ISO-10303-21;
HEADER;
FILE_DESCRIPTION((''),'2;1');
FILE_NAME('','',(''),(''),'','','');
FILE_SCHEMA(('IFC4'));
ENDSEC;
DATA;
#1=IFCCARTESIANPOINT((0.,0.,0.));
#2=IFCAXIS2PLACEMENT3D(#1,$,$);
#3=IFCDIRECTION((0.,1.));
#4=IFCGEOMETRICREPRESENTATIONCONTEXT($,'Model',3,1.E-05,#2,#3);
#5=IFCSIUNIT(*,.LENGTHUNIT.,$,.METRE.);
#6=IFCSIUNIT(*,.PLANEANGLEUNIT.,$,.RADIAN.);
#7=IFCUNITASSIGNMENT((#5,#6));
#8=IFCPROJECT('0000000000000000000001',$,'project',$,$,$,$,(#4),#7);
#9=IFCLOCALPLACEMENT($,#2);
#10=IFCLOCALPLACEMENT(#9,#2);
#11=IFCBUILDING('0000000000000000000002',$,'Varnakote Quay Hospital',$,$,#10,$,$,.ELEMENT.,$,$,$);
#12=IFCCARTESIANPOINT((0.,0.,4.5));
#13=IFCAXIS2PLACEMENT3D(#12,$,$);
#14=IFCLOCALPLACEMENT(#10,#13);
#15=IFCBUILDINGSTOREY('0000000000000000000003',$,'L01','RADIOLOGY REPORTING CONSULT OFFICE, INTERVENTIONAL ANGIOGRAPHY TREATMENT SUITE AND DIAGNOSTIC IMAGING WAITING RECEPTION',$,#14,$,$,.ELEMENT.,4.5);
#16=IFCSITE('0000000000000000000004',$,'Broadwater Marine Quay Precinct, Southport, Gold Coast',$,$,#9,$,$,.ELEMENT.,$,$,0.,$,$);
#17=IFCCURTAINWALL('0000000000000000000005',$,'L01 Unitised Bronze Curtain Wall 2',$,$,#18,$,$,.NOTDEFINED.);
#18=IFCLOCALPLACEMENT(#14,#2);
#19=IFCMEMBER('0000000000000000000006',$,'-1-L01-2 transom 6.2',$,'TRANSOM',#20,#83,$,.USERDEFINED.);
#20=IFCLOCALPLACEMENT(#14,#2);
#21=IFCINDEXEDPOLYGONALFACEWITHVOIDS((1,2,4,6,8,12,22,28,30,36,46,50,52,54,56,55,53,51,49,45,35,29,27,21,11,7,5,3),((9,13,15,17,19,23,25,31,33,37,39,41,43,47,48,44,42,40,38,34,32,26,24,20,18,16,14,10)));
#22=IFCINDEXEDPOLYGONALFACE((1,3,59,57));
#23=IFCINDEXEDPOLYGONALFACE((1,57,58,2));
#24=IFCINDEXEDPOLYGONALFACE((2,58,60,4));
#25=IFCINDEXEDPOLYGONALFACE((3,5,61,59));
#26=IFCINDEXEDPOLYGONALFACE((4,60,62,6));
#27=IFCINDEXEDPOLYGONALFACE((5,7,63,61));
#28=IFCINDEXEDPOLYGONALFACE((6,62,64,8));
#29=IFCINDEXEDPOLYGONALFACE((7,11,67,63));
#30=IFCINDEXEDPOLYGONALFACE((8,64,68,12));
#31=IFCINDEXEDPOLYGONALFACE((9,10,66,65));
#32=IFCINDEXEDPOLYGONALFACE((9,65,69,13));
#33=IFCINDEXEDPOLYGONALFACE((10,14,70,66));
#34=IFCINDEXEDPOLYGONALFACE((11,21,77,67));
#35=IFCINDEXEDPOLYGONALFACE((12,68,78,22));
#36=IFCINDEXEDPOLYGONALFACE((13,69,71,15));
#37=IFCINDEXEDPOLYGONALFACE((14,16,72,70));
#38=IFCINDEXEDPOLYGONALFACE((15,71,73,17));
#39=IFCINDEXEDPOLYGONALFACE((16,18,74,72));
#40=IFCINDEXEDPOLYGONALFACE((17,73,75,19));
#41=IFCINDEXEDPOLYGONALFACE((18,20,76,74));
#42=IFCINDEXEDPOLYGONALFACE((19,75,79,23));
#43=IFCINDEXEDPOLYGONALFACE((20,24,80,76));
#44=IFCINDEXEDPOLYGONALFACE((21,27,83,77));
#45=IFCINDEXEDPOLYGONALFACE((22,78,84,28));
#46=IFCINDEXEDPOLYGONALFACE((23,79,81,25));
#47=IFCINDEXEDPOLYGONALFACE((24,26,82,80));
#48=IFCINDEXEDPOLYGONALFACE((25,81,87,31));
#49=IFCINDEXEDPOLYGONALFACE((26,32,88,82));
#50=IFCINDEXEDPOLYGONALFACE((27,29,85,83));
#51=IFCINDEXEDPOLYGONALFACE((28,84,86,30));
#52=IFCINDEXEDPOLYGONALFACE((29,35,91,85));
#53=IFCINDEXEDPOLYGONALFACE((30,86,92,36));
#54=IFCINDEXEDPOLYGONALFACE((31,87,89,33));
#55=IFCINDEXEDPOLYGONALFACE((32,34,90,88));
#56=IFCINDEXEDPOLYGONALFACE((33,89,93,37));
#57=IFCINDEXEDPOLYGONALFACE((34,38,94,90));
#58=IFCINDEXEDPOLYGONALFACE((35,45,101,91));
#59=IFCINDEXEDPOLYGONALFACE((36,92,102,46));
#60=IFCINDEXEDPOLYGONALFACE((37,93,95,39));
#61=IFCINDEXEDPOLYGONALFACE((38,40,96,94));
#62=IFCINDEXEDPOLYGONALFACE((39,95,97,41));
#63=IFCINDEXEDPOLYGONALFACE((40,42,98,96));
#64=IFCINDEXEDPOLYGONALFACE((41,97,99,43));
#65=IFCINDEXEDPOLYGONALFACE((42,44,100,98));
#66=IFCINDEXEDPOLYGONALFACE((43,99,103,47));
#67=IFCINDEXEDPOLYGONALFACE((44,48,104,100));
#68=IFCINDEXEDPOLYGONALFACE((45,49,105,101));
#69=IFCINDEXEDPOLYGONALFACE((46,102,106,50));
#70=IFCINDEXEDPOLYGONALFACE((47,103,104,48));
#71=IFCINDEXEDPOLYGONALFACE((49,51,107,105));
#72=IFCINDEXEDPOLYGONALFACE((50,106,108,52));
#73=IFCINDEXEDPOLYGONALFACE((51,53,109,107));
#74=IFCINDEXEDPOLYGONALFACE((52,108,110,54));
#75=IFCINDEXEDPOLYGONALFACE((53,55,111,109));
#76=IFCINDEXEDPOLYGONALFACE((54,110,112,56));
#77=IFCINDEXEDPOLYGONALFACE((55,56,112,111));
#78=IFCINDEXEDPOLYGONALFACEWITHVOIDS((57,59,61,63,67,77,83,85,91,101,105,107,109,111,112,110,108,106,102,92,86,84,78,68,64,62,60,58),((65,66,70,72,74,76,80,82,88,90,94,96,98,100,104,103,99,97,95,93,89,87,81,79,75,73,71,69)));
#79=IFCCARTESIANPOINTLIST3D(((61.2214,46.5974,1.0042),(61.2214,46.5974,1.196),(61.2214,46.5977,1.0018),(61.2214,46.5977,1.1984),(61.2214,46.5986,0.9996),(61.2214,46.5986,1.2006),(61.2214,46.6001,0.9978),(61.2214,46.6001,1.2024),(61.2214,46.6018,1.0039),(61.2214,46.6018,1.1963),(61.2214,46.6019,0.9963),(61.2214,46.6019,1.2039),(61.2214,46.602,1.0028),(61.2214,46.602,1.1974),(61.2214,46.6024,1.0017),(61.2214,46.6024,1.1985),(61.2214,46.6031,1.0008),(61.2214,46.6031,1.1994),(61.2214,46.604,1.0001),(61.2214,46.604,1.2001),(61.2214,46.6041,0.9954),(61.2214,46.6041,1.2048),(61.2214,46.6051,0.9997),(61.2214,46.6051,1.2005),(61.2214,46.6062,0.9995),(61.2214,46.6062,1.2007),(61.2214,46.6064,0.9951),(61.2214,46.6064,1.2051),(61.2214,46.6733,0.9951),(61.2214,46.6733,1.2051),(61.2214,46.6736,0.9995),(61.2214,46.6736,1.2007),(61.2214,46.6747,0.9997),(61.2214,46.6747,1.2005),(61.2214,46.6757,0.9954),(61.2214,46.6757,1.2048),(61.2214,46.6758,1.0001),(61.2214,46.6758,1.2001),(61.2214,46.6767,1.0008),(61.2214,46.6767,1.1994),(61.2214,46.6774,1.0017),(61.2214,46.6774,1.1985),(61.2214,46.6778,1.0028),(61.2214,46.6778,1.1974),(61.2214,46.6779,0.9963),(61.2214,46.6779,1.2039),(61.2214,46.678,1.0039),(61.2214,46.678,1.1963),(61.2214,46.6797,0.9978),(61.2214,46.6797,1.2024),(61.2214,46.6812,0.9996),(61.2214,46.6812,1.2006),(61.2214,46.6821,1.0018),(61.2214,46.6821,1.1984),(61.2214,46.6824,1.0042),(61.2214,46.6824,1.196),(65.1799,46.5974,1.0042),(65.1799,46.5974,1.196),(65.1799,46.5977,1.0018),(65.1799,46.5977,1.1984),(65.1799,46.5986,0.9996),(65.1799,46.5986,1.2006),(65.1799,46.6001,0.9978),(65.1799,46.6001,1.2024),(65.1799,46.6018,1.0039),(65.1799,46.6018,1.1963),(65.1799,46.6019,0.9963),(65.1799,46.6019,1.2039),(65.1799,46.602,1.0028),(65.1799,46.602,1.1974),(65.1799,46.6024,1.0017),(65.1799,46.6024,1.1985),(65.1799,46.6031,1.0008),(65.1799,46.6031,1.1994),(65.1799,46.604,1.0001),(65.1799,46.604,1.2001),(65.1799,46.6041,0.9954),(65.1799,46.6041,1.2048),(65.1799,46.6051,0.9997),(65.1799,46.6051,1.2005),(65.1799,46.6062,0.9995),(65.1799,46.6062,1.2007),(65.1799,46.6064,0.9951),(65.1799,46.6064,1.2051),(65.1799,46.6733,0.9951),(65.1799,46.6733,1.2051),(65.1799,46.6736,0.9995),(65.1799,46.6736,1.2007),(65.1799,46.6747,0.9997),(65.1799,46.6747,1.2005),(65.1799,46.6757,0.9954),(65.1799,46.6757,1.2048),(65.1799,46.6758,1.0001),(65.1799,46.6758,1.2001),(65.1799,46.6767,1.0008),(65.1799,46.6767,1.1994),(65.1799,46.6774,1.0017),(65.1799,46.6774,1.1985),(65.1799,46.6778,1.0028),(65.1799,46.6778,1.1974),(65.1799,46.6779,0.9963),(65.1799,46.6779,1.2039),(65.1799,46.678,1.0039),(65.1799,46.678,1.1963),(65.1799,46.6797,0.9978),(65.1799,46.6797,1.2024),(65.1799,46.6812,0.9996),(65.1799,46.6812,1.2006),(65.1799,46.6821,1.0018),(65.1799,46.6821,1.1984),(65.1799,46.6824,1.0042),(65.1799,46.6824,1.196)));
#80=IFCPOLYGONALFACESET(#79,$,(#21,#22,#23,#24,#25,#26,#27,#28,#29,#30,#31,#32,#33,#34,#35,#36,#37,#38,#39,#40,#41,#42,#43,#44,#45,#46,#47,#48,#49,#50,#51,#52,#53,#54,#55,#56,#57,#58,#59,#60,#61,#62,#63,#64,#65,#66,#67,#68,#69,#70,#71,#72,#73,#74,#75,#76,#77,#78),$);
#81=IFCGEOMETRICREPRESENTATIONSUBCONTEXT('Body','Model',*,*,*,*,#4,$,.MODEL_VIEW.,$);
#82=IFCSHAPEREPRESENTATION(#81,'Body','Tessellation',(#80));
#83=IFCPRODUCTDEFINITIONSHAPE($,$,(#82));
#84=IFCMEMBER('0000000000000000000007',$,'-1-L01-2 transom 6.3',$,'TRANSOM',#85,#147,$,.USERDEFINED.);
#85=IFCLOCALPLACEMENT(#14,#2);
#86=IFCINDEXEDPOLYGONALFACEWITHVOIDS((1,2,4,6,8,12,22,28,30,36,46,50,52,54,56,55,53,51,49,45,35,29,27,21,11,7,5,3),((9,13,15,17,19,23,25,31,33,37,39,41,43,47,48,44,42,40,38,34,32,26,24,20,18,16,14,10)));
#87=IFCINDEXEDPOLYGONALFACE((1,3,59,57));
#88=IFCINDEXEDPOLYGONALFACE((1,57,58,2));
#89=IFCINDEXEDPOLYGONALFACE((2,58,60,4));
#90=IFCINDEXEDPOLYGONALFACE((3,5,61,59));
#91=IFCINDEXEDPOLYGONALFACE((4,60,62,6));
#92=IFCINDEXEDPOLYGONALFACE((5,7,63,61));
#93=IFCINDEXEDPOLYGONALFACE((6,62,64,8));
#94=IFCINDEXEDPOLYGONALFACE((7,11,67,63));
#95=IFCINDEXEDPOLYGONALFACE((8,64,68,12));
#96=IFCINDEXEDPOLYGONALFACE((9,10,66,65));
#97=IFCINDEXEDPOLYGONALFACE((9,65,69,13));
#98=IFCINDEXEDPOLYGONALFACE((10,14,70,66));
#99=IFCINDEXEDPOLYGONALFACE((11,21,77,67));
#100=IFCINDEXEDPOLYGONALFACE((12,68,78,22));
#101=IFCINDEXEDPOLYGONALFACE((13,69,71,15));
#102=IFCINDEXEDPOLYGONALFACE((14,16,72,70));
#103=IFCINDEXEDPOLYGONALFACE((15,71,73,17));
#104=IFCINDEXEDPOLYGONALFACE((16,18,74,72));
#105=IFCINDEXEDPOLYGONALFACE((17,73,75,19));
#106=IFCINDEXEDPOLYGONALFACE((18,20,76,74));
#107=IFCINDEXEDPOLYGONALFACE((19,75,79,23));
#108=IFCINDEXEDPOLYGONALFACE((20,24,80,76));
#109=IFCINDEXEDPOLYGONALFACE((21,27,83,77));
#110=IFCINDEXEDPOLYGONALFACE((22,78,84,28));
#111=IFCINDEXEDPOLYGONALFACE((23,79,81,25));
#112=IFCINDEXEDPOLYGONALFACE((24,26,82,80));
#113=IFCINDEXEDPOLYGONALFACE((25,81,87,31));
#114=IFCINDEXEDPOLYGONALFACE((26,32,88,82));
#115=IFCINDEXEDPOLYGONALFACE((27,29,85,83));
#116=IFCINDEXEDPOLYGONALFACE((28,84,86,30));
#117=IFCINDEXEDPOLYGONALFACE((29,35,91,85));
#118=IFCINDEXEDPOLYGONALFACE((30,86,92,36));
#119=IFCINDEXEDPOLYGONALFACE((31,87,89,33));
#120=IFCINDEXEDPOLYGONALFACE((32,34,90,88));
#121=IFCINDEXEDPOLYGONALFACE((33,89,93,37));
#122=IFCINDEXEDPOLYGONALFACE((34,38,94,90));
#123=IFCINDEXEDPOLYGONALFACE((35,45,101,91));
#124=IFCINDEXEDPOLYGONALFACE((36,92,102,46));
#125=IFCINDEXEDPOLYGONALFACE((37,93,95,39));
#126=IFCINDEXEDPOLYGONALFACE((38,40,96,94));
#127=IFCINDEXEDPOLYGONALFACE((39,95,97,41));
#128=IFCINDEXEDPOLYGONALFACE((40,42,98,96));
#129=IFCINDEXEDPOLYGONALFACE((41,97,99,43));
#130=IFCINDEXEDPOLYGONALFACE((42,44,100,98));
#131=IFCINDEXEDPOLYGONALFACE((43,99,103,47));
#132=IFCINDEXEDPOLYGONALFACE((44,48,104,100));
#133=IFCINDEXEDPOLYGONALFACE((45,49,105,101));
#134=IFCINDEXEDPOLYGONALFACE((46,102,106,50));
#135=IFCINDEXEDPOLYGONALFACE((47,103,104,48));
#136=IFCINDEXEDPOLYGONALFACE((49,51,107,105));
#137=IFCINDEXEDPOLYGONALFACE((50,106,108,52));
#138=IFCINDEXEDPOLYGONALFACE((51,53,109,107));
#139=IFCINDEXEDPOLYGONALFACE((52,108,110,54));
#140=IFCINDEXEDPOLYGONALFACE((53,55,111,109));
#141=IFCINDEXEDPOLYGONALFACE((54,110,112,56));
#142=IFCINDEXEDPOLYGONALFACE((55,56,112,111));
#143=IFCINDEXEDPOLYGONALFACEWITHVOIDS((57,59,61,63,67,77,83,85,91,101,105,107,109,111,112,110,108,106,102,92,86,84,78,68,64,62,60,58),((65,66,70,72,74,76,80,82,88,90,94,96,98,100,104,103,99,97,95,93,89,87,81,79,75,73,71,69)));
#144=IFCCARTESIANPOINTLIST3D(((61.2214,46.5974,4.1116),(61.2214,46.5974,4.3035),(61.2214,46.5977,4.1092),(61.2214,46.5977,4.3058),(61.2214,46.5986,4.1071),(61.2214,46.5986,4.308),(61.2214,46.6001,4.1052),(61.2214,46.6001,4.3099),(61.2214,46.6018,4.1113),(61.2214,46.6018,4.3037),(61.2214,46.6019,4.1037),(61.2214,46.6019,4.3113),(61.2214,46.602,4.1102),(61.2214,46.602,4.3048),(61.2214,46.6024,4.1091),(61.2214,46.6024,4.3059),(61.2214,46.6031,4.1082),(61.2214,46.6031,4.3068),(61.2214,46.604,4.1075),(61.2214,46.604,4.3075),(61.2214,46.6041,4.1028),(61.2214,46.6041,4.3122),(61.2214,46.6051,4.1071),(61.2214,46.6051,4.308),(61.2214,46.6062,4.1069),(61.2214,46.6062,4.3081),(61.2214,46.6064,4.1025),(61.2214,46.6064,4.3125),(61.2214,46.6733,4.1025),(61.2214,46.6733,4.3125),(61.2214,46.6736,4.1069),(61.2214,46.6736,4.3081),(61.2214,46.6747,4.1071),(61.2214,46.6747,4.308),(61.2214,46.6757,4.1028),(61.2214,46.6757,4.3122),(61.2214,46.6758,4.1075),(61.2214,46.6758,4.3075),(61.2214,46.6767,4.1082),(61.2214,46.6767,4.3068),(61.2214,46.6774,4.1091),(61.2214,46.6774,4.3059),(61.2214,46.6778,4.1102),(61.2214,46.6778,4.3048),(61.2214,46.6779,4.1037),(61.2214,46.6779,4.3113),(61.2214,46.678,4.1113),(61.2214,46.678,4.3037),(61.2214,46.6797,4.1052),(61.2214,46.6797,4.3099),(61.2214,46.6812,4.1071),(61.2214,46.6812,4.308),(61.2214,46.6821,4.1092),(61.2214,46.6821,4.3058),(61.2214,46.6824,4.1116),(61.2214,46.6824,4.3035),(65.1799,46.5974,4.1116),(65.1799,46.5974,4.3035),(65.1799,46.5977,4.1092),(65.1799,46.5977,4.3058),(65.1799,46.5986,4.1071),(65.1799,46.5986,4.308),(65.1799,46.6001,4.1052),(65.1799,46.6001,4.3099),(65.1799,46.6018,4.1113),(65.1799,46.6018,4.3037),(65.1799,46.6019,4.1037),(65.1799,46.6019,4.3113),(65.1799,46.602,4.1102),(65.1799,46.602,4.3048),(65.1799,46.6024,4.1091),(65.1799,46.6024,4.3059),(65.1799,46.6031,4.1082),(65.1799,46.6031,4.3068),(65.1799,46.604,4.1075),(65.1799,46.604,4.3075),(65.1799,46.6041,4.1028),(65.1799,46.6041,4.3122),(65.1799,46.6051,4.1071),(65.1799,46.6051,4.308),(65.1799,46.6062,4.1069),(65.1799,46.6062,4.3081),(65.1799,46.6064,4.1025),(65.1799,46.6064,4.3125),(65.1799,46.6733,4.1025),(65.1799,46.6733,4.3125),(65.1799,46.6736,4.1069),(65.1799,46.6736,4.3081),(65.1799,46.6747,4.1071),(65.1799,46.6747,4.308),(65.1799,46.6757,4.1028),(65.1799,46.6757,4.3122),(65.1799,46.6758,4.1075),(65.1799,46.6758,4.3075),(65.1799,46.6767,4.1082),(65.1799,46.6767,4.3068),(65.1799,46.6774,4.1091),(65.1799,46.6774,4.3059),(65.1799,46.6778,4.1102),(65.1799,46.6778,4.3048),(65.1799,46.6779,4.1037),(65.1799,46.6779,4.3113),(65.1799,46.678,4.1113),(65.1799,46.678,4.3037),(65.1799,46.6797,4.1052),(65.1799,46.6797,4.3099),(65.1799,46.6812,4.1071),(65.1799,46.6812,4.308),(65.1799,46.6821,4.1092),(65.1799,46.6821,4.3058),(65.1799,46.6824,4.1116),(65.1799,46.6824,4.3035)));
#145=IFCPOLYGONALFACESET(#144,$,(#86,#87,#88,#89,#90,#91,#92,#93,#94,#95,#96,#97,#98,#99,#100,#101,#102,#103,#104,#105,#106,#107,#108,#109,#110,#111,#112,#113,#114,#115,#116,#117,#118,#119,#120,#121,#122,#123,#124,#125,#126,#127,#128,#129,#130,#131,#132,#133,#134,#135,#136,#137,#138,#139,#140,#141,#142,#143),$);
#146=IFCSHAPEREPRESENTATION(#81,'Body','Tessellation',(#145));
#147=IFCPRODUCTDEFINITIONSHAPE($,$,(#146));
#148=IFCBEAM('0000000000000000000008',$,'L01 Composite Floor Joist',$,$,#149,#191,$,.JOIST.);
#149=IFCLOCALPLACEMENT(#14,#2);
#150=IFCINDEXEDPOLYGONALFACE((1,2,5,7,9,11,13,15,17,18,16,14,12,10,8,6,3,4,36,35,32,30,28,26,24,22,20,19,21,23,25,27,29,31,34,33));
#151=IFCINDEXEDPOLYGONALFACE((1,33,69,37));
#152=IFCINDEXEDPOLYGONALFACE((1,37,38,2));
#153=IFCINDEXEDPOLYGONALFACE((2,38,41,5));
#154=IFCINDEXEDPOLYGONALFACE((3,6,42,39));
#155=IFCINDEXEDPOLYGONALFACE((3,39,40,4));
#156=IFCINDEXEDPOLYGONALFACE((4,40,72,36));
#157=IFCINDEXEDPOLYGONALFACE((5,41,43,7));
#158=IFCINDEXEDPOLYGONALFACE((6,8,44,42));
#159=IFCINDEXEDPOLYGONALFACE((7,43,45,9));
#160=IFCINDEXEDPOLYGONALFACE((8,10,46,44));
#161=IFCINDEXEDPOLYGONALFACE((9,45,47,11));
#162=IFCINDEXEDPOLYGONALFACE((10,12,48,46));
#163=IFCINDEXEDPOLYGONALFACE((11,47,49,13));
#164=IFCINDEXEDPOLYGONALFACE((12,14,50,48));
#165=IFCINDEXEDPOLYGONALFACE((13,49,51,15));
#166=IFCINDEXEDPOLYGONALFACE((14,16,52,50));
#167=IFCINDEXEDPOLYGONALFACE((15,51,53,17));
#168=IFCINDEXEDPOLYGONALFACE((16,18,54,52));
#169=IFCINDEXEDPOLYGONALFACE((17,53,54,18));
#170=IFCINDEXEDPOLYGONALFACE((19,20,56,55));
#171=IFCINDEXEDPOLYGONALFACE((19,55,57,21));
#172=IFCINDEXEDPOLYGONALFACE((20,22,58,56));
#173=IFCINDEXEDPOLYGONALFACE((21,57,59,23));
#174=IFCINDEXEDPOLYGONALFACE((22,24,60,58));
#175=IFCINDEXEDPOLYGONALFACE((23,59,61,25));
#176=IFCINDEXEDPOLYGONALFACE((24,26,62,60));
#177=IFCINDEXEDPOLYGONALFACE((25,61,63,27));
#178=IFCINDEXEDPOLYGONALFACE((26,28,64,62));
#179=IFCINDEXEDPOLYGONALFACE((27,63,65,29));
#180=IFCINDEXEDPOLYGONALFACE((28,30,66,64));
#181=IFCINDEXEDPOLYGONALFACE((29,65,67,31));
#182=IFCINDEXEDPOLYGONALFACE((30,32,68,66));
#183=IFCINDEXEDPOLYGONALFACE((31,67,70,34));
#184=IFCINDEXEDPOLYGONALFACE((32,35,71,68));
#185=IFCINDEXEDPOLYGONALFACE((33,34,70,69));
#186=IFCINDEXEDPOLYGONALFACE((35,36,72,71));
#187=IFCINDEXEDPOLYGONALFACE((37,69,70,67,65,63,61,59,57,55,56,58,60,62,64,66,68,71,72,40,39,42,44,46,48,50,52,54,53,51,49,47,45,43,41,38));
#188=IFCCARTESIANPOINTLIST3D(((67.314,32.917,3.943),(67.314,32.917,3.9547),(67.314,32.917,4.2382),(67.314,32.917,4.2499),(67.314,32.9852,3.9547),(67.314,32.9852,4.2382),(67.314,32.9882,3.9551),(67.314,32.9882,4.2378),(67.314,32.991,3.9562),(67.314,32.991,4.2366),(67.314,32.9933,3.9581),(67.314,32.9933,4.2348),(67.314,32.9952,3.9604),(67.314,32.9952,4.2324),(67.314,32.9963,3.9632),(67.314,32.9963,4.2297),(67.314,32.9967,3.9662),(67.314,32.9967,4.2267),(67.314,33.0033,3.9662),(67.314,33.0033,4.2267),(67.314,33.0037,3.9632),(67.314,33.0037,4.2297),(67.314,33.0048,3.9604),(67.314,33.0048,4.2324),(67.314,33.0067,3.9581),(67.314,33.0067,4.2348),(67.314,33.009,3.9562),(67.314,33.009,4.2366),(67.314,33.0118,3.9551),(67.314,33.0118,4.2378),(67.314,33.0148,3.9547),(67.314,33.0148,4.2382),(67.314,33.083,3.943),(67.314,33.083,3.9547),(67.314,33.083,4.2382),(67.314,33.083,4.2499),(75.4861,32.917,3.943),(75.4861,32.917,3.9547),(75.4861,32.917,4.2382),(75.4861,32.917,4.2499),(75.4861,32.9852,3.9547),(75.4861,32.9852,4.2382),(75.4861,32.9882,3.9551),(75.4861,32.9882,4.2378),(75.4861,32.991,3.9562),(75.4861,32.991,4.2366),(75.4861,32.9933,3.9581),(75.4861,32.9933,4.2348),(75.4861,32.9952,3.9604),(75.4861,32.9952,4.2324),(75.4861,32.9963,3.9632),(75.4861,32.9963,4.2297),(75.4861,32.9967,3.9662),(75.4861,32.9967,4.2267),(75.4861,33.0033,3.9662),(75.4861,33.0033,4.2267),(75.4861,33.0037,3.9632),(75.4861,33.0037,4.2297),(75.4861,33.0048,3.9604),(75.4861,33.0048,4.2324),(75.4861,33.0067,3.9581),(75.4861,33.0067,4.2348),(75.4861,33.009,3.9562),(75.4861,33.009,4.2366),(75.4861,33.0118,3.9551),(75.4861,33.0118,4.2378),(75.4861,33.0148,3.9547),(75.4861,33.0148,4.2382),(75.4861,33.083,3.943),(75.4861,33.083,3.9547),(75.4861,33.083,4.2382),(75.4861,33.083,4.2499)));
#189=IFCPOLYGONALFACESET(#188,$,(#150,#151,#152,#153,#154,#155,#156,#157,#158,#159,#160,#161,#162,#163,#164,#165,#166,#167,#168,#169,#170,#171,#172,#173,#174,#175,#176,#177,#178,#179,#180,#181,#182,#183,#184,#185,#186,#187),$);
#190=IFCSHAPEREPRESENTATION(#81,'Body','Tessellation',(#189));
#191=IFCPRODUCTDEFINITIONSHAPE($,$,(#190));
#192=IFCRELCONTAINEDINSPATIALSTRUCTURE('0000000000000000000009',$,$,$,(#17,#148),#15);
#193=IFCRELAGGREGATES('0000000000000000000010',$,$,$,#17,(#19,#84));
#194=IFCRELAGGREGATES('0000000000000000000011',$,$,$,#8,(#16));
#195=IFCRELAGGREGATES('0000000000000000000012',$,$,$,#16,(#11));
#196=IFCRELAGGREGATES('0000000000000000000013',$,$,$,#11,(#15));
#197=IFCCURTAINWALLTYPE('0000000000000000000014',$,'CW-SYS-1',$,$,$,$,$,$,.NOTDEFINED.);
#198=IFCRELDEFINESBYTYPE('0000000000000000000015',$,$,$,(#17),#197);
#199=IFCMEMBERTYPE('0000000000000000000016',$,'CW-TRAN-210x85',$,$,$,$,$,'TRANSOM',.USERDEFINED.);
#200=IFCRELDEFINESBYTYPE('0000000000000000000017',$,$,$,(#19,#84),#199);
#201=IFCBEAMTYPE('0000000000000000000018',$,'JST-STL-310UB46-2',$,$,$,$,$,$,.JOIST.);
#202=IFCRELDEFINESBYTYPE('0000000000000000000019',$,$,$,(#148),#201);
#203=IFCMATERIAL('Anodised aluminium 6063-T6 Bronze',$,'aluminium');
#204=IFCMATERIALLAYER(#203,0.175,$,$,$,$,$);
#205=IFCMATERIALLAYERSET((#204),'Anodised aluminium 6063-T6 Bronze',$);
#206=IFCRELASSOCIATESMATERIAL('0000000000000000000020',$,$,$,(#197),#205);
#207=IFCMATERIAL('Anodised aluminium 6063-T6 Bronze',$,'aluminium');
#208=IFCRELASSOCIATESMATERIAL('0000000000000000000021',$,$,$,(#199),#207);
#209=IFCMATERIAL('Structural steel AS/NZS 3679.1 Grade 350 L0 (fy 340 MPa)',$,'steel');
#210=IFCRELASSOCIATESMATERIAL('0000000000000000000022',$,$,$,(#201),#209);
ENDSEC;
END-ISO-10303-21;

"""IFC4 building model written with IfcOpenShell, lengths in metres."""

from ifc_helpers import new_model, si_unit, direction, frame, origin, origin_2d, place, context, subcontext, project, spatial, hollow_rectangle, i_section, extrude, material, layer, layer_set, material_profile, profile_set, type_object, element, aggregate, save


model = new_model("IFC4")

# Units and contexts
model_context = context("Model", 3, precision=1e-05, world=origin(), true_north=direction((0.0, 1.0)))
body_context = subcontext(model_context, "Body", "Model", "MODEL_VIEW")
ifc_project = project(units=[si_unit("LENGTHUNIT", "METRE"), si_unit("PLANEANGLEUNIT", "RADIAN")], contexts=[model_context])

# Site, building, storey
site_placement = place(None, origin())
site = spatial("IfcSite", under=ifc_project, at=site_placement, Name="Broadwater Marine Quay Precinct, Southport, Gold Coast", CompositionType="ELEMENT", RefElevation=0.0)
building_placement = place(site_placement, origin())
building = spatial("IfcBuilding", under=site, at=building_placement, Name="Varnakote Quay Hospital", CompositionType="ELEMENT")
storey_placement = place(building_placement, frame((0.0, 0.0, 4.5)))
storey = spatial("IfcBuildingStorey", under=building, at=storey_placement, Name="L01", Description="RADIOLOGY REPORTING CONSULT OFFICE, INTERVENTIONAL ANGIOGRAPHY TREATMENT SUITE AND DIAGNOSTIC IMAGING WAITING RECEPTION", CompositionType="ELEMENT", Elevation=4.5)

# Curtain wall, members
ifc_material_1 = material(Name="Anodised aluminium 6063-T6 Bronze", Category="aluminium")
ifc_layer_1 = layer(ifc_material_1, 0.175)
ifc_layer_set_1 = layer_set([ifc_layer_1], Name="Anodised aluminium 6063-T6 Bronze")
curtain_wall_type = type_object("IfcCurtainWallType", Name="CW-SYS-1", PredefinedType="NOTDEFINED", material=ifc_layer_set_1)
curtain_wall_placement = place(storey_placement, origin())
curtain_wall = element("IfcCurtainWall", 1, at=curtain_wall_placement, inside=storey, type_object=curtain_wall_type, Name="L01 Unitised Bronze Curtain Wall 2", PredefinedType="NOTDEFINED")
ifc_material_2 = material(Name="Anodised aluminium 6063-T6 Bronze", Category="aluminium")
ifc_material_profile_1 = material_profile(ifc_material_2, hollow_rectangle(XDim=0.085, YDim=0.21, WallThickness=0.0044, InnerFilletRadius=0.0044, OuterFilletRadius=0.009, at=origin_2d()), Name="CW-TRAN-210x85")
ifc_profile_set_1 = profile_set([ifc_material_profile_1], Name="Anodised aluminium 6063-T6 Bronze")
member_type_1 = type_object("IfcMemberType", Name="CW-TRAN-210x85", ElementType="TRANSOM", PredefinedType="USERDEFINED", material=ifc_profile_set_1)
member_1_placement = place(storey_placement, frame((65.1799, 46.6399, 1.1001), z_axis=(-1.0, 0.0, 0.0), x_axis=(0.0, -1.0, 0.0)))
member_1 = element("IfcMember", 2, at=member_1_placement, type_object=member_type_1, Name="-1-L01-2 transom 6.2", ObjectType="TRANSOM", PredefinedType="USERDEFINED", context=body_context, shape_type="SweptSolid", body=[
    extrude(hollow_rectangle(XDim=0.085, YDim=0.21, WallThickness=0.0044, InnerFilletRadius=0.0044, OuterFilletRadius=0.009, at=origin_2d()), origin(), (0.0, 0.0, 1.0), 3.9585),
])
member_2_placement = place(storey_placement, frame((65.1799, 46.6399, 4.2075), z_axis=(-1.0, 0.0, 0.0), x_axis=(0.0, -1.0, 0.0)))
member_2 = element("IfcMember", 3, at=member_2_placement, type_object=member_type_1, Name="-1-L01-2 transom 6.3", ObjectType="TRANSOM", PredefinedType="USERDEFINED", context=body_context, shape_type="SweptSolid", body=[
    extrude(hollow_rectangle(XDim=0.085, YDim=0.21, WallThickness=0.0044, InnerFilletRadius=0.0044, OuterFilletRadius=0.009, at=origin_2d()), origin(), (0.0, 0.0, 1.0), 3.9585),
])

# Beam
ifc_material_3 = material(Name="Structural steel AS/NZS 3679.1 Grade 350 L0 (fy 340 MPa)", Category="steel")
ifc_material_profile_2 = material_profile(ifc_material_3, i_section(OverallWidth=0.166, OverallDepth=0.3069, WebThickness=0.0066, FlangeThickness=0.0117, FilletRadius=0.0115, at=origin_2d()), Name="310UB46.2")
ifc_profile_set_2 = profile_set([ifc_material_profile_2], Name="Structural steel AS/NZS 3679.1 Grade 350 L0 (fy 340 MPa)")
beam_type_1 = type_object("IfcBeamType", Name="JST-STL-310UB46-2", PredefinedType="JOIST", material=ifc_profile_set_2)
for number, where, z_axis, x_axis, name in (
    (4, (67.314, 33.0, 4.0964), (1.0, 0.0, 0.0), (0.0, 1.0, 0.0), "L01 Composite Floor Joist"),
):
    element("IfcBeam", number, at=place(storey_placement, frame(where, z_axis=z_axis, x_axis=x_axis)), inside=storey, type_object=beam_type_1, Name=name, PredefinedType="JOIST", context=body_context, shape_type="SweptSolid", body=[
        extrude(i_section(OverallWidth=0.166, OverallDepth=0.3069, WebThickness=0.0066, FlangeThickness=0.0117, FilletRadius=0.0115, at=origin_2d()), origin(), (0.0, 0.0, 1.0), 8.1721),
    ])

aggregate(curtain_wall, [member_1, member_2])

save(model, "model.ifc")
